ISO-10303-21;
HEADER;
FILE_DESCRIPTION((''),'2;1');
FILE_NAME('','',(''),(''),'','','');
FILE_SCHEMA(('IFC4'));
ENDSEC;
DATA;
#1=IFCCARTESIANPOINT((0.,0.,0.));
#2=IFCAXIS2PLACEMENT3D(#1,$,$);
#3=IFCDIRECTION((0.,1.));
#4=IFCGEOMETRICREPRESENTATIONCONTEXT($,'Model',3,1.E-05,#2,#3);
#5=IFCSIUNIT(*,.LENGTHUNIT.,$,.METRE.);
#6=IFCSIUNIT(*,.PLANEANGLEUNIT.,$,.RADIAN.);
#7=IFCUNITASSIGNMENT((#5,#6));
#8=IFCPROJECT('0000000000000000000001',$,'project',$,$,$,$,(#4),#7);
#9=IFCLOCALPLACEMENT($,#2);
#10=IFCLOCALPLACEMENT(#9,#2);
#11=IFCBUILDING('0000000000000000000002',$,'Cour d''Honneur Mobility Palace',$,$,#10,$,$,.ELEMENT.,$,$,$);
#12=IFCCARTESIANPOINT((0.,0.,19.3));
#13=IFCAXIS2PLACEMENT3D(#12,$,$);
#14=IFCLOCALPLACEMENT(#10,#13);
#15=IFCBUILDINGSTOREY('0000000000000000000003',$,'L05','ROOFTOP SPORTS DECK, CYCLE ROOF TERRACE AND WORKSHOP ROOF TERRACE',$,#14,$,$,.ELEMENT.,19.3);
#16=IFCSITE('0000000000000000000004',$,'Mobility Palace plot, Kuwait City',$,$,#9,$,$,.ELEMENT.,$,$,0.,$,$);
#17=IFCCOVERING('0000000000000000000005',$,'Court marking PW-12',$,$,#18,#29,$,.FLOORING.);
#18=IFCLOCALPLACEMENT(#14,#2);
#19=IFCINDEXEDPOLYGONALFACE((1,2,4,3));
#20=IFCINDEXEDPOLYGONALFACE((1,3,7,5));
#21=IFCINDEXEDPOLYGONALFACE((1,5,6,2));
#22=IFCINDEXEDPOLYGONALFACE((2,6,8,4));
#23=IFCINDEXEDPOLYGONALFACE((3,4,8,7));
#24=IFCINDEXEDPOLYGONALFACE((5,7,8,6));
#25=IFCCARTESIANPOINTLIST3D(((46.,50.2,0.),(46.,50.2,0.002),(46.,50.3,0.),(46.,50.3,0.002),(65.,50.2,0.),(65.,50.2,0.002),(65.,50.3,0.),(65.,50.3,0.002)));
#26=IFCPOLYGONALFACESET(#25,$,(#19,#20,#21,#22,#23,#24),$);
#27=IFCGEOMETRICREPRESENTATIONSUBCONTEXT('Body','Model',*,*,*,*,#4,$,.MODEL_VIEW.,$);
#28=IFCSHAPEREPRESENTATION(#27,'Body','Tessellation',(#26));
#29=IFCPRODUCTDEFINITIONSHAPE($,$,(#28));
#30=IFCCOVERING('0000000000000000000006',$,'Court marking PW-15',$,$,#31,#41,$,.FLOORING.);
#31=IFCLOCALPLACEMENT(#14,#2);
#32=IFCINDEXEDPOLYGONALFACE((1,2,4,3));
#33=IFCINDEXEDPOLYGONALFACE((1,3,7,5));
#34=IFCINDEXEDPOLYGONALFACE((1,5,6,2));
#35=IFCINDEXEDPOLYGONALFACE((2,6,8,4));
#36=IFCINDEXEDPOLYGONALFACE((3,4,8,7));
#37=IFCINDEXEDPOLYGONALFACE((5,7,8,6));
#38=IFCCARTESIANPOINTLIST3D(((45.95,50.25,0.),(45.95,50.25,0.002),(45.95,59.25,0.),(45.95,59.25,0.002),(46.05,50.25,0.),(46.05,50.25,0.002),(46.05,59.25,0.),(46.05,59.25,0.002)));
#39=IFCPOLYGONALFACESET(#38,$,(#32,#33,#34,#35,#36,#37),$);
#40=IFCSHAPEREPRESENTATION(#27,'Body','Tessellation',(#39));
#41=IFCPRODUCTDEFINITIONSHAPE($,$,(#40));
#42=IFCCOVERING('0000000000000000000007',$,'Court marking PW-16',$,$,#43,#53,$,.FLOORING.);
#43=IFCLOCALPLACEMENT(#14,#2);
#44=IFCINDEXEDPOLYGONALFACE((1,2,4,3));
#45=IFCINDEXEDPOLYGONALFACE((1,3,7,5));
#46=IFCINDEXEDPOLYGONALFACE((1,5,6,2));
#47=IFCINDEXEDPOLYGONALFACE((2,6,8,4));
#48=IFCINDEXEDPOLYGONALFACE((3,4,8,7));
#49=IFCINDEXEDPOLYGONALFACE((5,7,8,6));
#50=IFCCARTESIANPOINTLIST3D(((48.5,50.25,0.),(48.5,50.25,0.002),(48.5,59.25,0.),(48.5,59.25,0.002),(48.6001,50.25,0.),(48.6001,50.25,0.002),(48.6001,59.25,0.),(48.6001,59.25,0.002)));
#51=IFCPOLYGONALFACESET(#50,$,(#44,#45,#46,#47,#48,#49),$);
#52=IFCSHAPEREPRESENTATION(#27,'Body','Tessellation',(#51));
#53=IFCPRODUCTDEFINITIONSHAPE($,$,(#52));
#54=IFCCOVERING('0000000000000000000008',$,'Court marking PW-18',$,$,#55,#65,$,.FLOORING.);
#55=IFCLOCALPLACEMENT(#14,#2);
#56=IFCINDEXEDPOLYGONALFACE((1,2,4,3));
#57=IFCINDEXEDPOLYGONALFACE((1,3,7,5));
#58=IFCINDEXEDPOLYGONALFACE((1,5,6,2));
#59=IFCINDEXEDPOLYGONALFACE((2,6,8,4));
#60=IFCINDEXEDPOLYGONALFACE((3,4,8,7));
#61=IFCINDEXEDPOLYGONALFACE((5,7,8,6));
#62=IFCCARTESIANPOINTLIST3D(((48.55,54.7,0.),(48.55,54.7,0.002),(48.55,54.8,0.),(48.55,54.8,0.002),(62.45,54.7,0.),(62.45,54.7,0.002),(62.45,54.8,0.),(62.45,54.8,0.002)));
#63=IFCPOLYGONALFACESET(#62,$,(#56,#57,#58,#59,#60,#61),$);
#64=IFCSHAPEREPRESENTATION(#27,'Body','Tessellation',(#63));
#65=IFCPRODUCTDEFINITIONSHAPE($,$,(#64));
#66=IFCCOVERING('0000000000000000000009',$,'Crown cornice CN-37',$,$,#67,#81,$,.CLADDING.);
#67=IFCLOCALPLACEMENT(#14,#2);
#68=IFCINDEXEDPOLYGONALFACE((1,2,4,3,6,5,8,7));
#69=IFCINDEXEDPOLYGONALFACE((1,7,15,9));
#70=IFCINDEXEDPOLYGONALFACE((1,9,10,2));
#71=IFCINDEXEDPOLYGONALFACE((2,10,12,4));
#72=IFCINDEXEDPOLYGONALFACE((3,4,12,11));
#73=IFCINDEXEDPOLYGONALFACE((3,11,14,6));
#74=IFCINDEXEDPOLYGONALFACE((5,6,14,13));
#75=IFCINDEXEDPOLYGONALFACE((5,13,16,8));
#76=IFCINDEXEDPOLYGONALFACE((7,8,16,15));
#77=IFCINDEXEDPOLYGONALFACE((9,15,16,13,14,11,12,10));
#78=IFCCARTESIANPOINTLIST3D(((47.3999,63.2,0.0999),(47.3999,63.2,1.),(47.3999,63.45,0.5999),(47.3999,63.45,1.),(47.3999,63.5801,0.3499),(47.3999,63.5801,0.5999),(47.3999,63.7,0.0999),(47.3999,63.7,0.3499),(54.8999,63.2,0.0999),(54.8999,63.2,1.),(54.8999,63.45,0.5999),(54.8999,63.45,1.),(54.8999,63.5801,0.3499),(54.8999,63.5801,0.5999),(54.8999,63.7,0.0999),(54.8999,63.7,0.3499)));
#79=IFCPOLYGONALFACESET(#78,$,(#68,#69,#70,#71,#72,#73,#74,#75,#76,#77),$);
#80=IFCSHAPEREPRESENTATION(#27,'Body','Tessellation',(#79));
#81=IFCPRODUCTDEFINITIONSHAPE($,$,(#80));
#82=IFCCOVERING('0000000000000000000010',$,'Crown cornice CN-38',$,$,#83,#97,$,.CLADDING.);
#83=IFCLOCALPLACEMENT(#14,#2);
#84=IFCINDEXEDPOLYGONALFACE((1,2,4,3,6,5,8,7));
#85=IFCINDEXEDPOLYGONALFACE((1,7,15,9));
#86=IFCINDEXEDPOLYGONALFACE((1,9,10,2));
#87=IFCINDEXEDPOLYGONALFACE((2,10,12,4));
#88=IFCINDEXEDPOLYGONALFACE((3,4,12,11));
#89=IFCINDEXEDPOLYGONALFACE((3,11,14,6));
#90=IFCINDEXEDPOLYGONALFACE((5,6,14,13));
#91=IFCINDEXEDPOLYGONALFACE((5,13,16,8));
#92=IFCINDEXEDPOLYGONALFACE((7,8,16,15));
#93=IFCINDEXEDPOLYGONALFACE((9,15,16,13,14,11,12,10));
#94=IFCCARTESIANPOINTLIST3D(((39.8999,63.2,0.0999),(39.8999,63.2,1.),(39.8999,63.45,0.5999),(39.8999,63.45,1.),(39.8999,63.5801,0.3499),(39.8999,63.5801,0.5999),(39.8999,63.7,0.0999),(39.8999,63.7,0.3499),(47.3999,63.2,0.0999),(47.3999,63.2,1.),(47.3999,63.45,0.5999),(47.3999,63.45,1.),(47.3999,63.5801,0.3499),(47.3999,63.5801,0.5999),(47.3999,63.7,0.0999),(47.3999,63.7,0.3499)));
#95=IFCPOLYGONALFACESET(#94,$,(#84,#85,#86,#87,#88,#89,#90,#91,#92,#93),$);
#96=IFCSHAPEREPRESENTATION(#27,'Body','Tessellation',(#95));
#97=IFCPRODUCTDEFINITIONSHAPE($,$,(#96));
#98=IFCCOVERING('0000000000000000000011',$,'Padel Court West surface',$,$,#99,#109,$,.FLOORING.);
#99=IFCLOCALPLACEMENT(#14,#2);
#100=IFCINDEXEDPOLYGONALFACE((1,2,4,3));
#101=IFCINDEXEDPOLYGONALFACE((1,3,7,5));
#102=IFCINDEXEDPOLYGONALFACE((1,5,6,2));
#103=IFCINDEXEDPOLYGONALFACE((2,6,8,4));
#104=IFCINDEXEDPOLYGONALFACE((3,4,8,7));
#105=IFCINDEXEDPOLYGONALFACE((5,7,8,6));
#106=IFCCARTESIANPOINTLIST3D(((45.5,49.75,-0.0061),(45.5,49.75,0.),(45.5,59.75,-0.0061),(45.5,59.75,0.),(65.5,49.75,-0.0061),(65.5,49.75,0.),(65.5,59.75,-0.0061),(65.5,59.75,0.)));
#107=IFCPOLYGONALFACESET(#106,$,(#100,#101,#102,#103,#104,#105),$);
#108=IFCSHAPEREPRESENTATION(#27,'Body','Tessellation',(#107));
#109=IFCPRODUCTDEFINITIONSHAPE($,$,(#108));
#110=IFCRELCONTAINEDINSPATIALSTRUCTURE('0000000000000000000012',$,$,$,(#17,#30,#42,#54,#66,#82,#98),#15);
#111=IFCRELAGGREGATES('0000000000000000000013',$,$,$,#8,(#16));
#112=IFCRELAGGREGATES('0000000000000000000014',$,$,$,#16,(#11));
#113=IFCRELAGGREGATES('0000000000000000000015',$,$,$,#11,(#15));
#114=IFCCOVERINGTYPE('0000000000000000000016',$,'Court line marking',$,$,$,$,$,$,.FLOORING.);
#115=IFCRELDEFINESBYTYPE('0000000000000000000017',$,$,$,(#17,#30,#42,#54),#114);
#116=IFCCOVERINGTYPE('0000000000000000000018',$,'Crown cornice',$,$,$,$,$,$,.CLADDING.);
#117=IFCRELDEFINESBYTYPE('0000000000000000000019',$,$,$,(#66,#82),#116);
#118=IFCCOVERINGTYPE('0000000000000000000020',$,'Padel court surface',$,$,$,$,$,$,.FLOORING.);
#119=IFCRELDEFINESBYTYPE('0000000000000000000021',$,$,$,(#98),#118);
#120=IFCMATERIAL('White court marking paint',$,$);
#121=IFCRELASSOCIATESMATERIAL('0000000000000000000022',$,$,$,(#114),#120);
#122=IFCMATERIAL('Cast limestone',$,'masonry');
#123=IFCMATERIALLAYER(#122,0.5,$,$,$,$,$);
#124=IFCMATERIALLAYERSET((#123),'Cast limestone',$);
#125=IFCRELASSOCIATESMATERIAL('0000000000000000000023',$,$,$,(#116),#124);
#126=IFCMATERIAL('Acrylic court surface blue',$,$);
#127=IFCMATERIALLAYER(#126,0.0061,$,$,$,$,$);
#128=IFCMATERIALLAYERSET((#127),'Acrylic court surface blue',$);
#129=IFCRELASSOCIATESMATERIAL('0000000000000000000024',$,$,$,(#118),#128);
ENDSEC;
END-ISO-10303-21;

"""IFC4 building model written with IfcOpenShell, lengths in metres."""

from ifc_helpers import new_model, si_unit, direction, frame, origin, origin_2d, place, context, subcontext, project, spatial, polyline, rectangle, outline, extrude, material, layer, layer_set, material_profile, profile_set, type_object, element, save


model = new_model("IFC4")

# Units and contexts
model_context = context("Model", 3, precision=1e-05, world=origin(), true_north=direction((0.0, 1.0)))
body_context = subcontext(model_context, "Body", "Model", "MODEL_VIEW")
ifc_project = project(units=[si_unit("LENGTHUNIT", "METRE"), si_unit("PLANEANGLEUNIT", "RADIAN")], contexts=[model_context])

# Site, building, storey
site_placement = place(None, origin())
site = spatial("IfcSite", under=ifc_project, at=site_placement, Name="Mobility Palace plot, Kuwait City", CompositionType="ELEMENT", RefElevation=0.0)
building_placement = place(site_placement, origin())
building = spatial("IfcBuilding", under=site, at=building_placement, Name="Cour d'Honneur Mobility Palace", CompositionType="ELEMENT")
storey_placement = place(building_placement, frame((0.0, 0.0, 19.3)))
storey = spatial("IfcBuildingStorey", under=building, at=storey_placement, Name="L05", Description="ROOFTOP SPORTS DECK, CYCLE ROOF TERRACE AND WORKSHOP ROOF TERRACE", CompositionType="ELEMENT", Elevation=19.3)

# Coverings
ifc_material_1 = material(Name="White court marking paint")
ifc_material_profile_1 = material_profile(ifc_material_1, rectangle(XDim=0.1001, YDim=0.002, at=origin_2d()), Name="Court line marking")
ifc_profile_set_1 = profile_set([ifc_material_profile_1], Name="White court marking paint")
covering_type_1 = type_object("IfcCoveringType", Name="Court line marking", PredefinedType="FLOORING", material=ifc_profile_set_1)
covering_1_placement = place(storey_placement, frame((46.0, 50.25, 0.001), z_axis=(1.0, 0.0, 0.0), x_axis=(0.0, 1.0, 0.0)))
element("IfcCovering", 1, at=covering_1_placement, inside=storey, type_object=covering_type_1, Name="Court marking PW-12", PredefinedType="FLOORING", context=body_context, shape_type="SweptSolid", body=[
    extrude(rectangle(XDim=0.1001, YDim=0.002, at=origin_2d()), origin(), (0.0, 0.0, 1.0), 19.0),
])
for number, where, z_axis, x_axis, name in (
    (2, (46.0, 59.25, 0.001), (0.0, -1.0, 0.0), (1.0, 0.0, 0.0), "Court marking PW-15"),
    (3, (48.55, 50.25, 0.001), (0.0, 1.0, 0.0), (-1.0, 0.0, 0.0), "Court marking PW-16"),
):
    element("IfcCovering", number, at=place(storey_placement, frame(where, z_axis=z_axis, x_axis=x_axis)), inside=storey, type_object=covering_type_1, Name=name, PredefinedType="FLOORING", context=body_context, shape_type="SweptSolid", body=[
        extrude(rectangle(XDim=0.1001, YDim=0.002, at=origin_2d()), origin(), (0.0, 0.0, 1.0), 9.0),
    ])
covering_2_placement = place(storey_placement, frame((48.55, 54.75, 0.001), z_axis=(1.0, 0.0, 0.0), x_axis=(0.0, 1.0, 0.0)))
element("IfcCovering", 4, at=covering_2_placement, inside=storey, type_object=covering_type_1, Name="Court marking PW-18", PredefinedType="FLOORING", context=body_context, shape_type="SweptSolid", body=[
    extrude(rectangle(XDim=0.1001, YDim=0.002, at=origin_2d()), origin(), (0.0, 0.0, 1.0), 13.8999),
])
ifc_material_2 = material(Name="Cast limestone", Category="masonry")
ifc_layer_1 = layer(ifc_material_2, 0.5)
ifc_layer_set_1 = layer_set([ifc_layer_1], Name="Cast limestone")
covering_type_2 = type_object("IfcCoveringType", Name="Crown cornice", PredefinedType="CLADDING", material=ifc_layer_set_1)
for number, where, z_axis, x_axis, name in (
    (5, (54.8999, 63.2, 0.0999), (1.0, 0.0, 0.0), (0.0, 1.0, 0.0), "Crown cornice CN-37"),
    (6, (47.3999, 63.2, 0.0999), (1.0, 0.0, 0.0), (0.0, 1.0, 0.0), "Crown cornice CN-38"),
):
    element("IfcCovering", number, at=place(storey_placement, frame(where, z_axis=z_axis, x_axis=x_axis)), inside=storey, type_object=covering_type_2, Name=name, PredefinedType="CLADDING", context=body_context, shape_type="SweptSolid", body=[
        extrude(outline(polyline([(0.0, 0.0), (0.5, 0.0), (0.5, 0.25), (0.3801, 0.25), (0.3801, 0.5), (0.25, 0.5), (0.25, 0.9001), (0.0, 0.9001), (0.0, 0.0)])), origin(), (0.0, 0.0, -1.0), 7.5),
    ])
ifc_material_3 = material(Name="Acrylic court surface blue")
ifc_layer_2 = layer(ifc_material_3, 0.0061)
ifc_layer_set_2 = layer_set([ifc_layer_2], Name="Acrylic court surface blue")
covering_type_3 = type_object("IfcCoveringType", Name="Padel court surface", PredefinedType="FLOORING", material=ifc_layer_set_2)
covering_3_placement = place(storey_placement, frame((45.5, 49.75, 0.0), z_axis=(0.0, 0.0, 1.0), x_axis=(1.0, 0.0, 0.0)))
element("IfcCovering", 7, at=covering_3_placement, inside=storey, type_object=covering_type_3, Name="Padel Court West surface", PredefinedType="FLOORING", context=body_context, shape_type="SweptSolid", body=[
    extrude(outline(polyline([(0.0, 0.0), (20.0, 0.0), (20.0, 10.0), (0.0, 10.0), (0.0, 0.0)])), origin(), (0.0, 0.0, -1.0), 0.0061),
])

save(model, "model.ifc")
